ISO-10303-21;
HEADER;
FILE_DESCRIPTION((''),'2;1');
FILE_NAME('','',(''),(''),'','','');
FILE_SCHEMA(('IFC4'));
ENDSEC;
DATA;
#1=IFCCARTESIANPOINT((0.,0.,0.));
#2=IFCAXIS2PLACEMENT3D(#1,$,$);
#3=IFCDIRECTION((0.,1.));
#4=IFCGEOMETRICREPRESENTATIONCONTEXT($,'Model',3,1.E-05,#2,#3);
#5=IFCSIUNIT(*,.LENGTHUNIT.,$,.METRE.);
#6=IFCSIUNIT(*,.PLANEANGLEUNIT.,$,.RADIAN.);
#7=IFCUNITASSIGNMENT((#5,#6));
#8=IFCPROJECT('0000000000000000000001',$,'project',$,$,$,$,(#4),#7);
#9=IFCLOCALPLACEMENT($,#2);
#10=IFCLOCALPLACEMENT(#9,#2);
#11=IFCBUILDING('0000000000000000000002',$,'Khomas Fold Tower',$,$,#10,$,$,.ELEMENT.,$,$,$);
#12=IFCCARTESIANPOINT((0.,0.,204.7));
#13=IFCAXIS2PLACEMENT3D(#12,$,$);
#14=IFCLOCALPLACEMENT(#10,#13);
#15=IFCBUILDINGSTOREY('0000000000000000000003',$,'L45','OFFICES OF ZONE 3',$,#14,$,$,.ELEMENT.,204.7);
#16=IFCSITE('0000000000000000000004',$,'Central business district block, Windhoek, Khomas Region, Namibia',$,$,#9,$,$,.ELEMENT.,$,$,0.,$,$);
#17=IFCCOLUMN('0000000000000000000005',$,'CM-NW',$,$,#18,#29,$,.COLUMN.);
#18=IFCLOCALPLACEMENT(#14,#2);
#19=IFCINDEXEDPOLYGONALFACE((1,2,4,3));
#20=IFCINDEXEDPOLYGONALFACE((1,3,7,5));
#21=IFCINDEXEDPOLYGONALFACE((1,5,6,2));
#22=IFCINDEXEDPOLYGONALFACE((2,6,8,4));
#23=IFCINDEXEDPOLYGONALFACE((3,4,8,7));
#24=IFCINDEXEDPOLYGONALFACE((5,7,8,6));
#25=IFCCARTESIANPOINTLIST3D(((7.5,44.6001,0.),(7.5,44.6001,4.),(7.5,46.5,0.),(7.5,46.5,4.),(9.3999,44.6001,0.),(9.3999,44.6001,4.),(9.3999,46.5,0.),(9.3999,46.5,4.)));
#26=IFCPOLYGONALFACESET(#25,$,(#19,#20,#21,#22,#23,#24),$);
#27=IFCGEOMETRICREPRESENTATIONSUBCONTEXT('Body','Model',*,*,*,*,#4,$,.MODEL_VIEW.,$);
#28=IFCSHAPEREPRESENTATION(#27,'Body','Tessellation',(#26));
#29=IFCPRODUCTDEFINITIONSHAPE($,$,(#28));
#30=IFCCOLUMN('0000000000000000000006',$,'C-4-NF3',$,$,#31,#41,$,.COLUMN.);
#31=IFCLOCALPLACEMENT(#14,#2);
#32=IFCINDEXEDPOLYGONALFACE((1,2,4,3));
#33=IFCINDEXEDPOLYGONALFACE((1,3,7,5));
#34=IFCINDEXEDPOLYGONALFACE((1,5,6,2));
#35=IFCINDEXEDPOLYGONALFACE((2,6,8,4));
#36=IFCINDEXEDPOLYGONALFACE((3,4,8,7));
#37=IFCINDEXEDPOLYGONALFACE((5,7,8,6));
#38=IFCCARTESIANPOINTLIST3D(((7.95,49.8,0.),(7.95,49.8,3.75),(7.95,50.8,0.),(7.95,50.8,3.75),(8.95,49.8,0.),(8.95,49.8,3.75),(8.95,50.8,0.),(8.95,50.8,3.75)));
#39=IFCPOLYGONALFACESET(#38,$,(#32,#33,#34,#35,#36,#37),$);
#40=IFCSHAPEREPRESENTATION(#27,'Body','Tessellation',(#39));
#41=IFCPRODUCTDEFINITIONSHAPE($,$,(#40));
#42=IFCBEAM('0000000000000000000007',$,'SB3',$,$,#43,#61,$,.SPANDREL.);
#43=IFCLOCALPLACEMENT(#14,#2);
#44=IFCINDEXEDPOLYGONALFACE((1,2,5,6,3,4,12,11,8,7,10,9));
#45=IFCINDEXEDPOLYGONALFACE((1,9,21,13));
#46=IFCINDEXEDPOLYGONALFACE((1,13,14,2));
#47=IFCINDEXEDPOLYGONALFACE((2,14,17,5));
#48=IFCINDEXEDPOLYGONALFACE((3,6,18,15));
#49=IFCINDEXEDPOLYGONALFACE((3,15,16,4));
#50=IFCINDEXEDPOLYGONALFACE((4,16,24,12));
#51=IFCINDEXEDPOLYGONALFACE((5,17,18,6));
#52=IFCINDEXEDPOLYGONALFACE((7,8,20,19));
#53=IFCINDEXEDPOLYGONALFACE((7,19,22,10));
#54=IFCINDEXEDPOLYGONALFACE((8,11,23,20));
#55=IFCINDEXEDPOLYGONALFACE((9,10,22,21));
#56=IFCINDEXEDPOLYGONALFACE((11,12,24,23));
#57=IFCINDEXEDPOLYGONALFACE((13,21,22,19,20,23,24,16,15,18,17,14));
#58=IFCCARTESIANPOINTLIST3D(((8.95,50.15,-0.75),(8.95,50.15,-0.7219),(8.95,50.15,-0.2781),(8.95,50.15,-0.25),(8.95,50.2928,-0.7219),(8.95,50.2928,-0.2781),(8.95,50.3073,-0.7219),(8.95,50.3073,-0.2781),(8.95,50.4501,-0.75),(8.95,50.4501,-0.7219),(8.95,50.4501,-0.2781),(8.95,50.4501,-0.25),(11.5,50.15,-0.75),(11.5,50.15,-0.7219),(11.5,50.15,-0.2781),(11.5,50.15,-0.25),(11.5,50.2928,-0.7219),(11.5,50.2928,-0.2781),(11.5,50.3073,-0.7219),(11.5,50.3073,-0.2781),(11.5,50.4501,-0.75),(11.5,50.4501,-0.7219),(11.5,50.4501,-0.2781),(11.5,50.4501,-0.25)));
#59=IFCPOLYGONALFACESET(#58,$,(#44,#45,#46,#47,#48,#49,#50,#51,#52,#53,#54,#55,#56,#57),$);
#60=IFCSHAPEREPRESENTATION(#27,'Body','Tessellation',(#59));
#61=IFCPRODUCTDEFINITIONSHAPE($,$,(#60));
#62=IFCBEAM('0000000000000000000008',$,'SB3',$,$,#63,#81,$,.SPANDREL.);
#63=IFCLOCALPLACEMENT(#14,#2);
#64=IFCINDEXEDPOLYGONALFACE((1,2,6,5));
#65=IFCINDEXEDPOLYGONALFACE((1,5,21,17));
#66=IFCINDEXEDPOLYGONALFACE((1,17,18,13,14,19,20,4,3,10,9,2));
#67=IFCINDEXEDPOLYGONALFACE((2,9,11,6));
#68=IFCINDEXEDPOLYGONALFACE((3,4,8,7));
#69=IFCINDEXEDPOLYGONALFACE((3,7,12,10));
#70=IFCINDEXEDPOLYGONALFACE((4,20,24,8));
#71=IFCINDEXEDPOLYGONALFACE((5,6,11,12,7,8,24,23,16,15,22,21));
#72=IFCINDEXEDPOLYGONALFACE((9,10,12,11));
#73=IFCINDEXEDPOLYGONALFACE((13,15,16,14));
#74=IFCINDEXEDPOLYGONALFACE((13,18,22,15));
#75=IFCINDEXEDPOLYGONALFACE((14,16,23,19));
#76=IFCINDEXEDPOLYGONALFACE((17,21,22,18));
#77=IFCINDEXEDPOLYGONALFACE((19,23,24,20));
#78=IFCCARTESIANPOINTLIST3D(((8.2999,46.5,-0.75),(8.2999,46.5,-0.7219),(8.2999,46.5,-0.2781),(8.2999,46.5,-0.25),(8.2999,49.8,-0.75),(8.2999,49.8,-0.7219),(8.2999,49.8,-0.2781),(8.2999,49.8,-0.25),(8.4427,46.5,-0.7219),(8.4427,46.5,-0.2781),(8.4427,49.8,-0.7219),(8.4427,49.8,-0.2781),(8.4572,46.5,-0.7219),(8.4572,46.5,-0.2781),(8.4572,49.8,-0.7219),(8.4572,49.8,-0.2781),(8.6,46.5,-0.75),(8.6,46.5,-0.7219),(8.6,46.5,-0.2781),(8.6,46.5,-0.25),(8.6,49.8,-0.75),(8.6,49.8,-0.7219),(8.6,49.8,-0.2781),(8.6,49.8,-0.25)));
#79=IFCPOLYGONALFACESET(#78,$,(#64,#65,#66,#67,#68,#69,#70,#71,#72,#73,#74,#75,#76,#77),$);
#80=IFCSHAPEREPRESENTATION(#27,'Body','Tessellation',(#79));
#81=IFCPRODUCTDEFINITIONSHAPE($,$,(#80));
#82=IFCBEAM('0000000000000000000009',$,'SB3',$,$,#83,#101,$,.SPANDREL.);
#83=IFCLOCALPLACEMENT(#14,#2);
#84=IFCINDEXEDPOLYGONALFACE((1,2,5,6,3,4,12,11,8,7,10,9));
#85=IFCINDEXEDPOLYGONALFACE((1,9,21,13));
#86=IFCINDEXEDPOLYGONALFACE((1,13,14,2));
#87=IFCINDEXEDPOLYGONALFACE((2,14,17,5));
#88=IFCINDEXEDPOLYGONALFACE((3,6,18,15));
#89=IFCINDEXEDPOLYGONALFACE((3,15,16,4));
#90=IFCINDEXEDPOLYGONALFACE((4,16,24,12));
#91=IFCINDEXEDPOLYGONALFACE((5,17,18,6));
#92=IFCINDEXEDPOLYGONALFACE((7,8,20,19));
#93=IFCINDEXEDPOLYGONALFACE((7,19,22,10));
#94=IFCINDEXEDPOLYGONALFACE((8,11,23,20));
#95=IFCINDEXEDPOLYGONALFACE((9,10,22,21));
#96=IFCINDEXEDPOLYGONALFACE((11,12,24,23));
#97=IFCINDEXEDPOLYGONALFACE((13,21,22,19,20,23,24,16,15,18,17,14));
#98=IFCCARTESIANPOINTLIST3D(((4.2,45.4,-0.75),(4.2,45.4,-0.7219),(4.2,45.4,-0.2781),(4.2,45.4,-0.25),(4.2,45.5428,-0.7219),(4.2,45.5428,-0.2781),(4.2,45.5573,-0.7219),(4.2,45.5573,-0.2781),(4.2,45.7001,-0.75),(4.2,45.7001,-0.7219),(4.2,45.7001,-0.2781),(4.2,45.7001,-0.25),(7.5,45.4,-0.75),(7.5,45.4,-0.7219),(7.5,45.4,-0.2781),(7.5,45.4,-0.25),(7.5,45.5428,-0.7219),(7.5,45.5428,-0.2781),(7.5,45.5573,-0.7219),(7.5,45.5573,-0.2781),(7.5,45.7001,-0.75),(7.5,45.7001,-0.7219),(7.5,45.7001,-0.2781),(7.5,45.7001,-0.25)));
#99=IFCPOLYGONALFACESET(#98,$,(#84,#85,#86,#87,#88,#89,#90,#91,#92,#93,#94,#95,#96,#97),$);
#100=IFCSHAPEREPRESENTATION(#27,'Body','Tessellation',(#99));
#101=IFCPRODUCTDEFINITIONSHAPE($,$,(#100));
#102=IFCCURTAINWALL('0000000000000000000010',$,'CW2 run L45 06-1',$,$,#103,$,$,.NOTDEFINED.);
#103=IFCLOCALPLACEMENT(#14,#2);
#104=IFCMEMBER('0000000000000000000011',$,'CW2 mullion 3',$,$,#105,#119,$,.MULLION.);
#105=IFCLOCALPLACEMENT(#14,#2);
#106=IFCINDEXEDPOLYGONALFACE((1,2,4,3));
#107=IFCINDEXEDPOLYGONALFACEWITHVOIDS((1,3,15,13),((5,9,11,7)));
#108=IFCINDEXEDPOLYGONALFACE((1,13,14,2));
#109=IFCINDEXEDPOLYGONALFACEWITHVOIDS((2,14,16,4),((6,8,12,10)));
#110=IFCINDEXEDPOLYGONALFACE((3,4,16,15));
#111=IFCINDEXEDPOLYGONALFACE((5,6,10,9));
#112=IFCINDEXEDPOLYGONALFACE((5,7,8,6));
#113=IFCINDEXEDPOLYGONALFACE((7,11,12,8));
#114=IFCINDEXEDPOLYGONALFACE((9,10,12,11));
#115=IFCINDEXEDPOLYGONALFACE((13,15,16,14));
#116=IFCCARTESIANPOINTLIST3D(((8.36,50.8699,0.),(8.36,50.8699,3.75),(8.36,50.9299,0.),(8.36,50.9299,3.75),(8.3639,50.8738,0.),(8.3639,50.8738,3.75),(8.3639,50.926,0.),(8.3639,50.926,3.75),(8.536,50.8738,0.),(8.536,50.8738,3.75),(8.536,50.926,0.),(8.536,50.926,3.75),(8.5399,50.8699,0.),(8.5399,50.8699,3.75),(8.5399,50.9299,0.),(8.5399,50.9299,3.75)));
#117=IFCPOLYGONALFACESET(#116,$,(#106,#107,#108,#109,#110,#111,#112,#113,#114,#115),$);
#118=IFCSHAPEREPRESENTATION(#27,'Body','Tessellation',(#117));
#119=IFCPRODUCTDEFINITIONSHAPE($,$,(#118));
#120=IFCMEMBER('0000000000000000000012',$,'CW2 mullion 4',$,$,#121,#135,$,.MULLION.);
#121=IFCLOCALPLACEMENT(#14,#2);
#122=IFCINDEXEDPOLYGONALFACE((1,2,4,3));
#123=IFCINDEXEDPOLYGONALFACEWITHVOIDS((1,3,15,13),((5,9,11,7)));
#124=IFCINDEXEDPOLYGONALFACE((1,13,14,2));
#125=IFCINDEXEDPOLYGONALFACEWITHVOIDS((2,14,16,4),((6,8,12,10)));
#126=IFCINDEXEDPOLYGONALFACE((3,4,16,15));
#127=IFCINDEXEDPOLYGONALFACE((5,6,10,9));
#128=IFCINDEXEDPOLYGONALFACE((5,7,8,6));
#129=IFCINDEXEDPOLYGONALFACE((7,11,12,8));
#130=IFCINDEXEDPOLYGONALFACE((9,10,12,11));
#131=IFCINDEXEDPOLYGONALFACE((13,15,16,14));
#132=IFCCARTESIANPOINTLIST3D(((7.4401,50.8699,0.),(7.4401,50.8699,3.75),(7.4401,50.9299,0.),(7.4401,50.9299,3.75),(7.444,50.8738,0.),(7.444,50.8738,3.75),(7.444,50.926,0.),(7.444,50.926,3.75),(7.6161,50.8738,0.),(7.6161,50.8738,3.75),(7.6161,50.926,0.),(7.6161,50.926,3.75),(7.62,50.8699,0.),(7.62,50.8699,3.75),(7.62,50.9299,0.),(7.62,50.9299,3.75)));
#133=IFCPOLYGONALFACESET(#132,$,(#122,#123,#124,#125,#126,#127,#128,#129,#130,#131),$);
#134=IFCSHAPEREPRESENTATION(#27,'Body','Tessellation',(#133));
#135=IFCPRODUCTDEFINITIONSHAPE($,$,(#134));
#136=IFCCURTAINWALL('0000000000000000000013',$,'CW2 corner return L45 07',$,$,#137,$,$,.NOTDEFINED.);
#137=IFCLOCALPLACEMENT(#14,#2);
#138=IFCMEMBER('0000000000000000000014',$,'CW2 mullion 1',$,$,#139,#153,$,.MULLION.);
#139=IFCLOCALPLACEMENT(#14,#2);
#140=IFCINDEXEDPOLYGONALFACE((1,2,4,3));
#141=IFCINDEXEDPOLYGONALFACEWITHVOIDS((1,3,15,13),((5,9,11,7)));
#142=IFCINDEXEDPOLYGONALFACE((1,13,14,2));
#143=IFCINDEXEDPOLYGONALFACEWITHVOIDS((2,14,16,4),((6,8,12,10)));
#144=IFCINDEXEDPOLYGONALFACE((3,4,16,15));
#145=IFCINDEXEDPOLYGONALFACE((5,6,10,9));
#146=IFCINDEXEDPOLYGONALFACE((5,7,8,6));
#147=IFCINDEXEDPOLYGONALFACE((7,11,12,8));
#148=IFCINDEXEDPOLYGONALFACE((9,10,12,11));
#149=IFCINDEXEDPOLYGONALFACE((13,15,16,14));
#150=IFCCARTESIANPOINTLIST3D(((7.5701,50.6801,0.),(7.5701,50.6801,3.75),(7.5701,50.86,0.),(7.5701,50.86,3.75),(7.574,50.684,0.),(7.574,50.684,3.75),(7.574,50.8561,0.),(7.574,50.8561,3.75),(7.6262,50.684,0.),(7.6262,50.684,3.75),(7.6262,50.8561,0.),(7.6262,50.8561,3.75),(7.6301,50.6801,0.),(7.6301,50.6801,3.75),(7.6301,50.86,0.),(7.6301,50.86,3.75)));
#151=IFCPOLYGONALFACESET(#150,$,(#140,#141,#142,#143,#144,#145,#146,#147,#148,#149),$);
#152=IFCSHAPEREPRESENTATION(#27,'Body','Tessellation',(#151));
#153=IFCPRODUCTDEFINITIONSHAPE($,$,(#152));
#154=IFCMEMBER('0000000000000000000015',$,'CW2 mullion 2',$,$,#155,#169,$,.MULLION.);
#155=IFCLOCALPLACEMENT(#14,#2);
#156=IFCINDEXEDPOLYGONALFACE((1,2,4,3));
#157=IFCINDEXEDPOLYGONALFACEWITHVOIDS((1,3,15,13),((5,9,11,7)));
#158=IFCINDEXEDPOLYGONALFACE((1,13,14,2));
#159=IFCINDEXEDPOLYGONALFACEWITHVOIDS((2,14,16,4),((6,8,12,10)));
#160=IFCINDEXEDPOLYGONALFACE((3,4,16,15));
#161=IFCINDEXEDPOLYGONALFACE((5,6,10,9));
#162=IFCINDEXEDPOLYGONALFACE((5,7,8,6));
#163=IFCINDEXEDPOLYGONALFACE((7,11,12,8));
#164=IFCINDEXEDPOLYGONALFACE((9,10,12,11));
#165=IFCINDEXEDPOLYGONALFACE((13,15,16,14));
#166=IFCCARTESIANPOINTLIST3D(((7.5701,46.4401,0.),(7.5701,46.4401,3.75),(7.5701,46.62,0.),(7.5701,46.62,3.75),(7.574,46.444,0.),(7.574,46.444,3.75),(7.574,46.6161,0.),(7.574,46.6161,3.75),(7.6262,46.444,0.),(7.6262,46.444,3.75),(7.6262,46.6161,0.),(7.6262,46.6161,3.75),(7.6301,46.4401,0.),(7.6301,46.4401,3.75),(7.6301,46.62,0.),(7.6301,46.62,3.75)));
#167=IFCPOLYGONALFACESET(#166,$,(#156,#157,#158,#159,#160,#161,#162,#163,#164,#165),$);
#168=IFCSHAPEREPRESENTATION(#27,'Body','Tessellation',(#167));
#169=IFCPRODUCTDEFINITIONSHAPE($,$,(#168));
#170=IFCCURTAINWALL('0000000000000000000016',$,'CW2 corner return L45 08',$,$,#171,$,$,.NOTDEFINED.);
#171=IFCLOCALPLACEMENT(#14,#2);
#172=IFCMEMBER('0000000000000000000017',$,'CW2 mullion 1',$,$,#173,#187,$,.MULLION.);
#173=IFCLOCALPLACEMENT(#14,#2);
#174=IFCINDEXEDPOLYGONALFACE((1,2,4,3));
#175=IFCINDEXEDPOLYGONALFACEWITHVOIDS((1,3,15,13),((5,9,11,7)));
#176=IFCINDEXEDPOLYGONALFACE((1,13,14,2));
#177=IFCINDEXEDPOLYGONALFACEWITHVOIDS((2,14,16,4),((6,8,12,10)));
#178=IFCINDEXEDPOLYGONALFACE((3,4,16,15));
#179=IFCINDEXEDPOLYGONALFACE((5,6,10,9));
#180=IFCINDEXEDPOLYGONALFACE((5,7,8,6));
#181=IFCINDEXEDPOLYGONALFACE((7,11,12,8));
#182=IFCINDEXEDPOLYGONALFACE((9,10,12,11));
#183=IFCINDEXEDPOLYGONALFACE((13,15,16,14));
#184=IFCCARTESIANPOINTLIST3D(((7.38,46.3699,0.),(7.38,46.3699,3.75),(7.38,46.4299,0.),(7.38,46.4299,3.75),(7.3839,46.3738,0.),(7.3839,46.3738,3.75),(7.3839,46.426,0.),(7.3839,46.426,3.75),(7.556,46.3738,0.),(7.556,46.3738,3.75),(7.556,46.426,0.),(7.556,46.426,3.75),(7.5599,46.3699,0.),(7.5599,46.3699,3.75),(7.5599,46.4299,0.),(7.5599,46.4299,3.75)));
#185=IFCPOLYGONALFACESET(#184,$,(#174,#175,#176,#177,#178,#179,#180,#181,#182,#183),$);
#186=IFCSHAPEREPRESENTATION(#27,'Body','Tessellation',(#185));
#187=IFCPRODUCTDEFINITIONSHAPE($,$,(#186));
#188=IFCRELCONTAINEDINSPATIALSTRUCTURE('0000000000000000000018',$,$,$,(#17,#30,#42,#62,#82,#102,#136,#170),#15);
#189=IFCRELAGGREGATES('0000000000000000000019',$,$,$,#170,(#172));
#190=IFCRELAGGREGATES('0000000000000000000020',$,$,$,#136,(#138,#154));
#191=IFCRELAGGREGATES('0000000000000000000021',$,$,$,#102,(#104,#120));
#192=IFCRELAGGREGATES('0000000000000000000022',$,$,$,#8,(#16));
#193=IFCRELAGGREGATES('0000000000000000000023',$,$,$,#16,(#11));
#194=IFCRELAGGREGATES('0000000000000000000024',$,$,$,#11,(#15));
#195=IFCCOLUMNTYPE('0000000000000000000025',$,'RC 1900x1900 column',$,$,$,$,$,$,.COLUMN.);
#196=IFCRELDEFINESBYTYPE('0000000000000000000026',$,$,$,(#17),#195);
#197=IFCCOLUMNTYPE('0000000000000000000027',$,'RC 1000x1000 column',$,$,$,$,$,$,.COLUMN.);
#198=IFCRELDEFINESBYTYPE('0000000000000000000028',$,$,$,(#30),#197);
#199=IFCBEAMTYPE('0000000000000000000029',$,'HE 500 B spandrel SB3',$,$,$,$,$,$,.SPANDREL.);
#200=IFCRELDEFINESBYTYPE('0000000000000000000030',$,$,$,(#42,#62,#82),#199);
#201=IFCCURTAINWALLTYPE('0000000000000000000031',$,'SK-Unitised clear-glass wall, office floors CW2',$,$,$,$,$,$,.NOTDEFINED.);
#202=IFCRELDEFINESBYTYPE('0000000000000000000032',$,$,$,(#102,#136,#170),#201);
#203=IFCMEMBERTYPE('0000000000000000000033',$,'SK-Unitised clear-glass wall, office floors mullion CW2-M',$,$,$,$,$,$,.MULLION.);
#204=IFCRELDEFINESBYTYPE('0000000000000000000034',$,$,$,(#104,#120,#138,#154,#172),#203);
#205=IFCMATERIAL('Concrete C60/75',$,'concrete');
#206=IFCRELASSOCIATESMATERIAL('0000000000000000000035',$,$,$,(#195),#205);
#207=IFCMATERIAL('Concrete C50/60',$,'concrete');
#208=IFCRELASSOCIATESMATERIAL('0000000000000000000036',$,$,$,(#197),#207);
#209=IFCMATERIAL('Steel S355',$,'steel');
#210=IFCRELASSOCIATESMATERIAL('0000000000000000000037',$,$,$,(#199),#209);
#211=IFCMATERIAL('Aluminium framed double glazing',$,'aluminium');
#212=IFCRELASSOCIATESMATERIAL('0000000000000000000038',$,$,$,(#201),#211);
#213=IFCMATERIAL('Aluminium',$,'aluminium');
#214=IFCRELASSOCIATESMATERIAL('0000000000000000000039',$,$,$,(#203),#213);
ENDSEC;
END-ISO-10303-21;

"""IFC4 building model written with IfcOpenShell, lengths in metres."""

from ifc_helpers import new_model, si_unit, direction, frame, origin, origin_2d, place, context, subcontext, project, spatial, rectangle, hollow_rectangle, i_section, extrude, source, transform, mapped, material, material_profile, profile_set, type_object, element, aggregate, save


model = new_model("IFC4")

# Units and contexts
model_context = context("Model", 3, precision=1e-05, world=origin(), true_north=direction((0.0, 1.0)))
body_context = subcontext(model_context, "Body", "Model", "MODEL_VIEW")
ifc_project = project(units=[si_unit("LENGTHUNIT", "METRE"), si_unit("PLANEANGLEUNIT", "RADIAN")], contexts=[model_context])

# Site, building, storey
site_placement = place(None, origin())
site = spatial("IfcSite", under=ifc_project, at=site_placement, Name="Central business district block, Windhoek, Khomas Region, Namibia", CompositionType="ELEMENT", RefElevation=0.0)
building_placement = place(site_placement, origin())
building = spatial("IfcBuilding", under=site, at=building_placement, Name="Khomas Fold Tower", CompositionType="ELEMENT")
storey_placement = place(building_placement, frame((0.0, 0.0, 204.7)))
storey = spatial("IfcBuildingStorey", under=building, at=storey_placement, Name="L45", Description="OFFICES OF ZONE 3", CompositionType="ELEMENT", Elevation=204.7)

# Columns
ifc_material_1 = material(Name="Concrete C60/75", Category="concrete")
ifc_material_profile_1 = material_profile(ifc_material_1, rectangle(XDim=1.8999, YDim=1.8999, at=origin_2d()), Name="RC 1900x1900")
ifc_profile_set_1 = profile_set([ifc_material_profile_1], Name="Concrete C60/75")
column_type_1 = type_object("IfcColumnType", Name="RC 1900x1900 column", PredefinedType="COLUMN", material=ifc_profile_set_1)
shared_shape_1 = source(origin(), body_context, "Body", "SweptSolid", [
    extrude(rectangle(XDim=1.8999, YDim=1.8999, at=origin_2d()), origin(), (0.0, 0.0, 1.0), 4.0),
])
column_1_placement = place(storey_placement, frame((8.45, 45.55, 0.0), z_axis=(0.0, 0.0, 1.0), x_axis=(1.0, 0.0, 0.0)))
element("IfcColumn", 1, at=column_1_placement, inside=storey, type_object=column_type_1, Name="CM-NW", PredefinedType="COLUMN", context=body_context, shape_type="MappedRepresentation", body=[
    mapped(shared_shape_1, transform((0.0, 0.0, 0.0))),
])
ifc_material_2 = material(Name="Concrete C50/60", Category="concrete")
ifc_material_profile_2 = material_profile(ifc_material_2, rectangle(XDim=1.0, YDim=1.0, at=origin_2d()), Name="RC 1000x1000")
ifc_profile_set_2 = profile_set([ifc_material_profile_2], Name="Concrete C50/60")
column_type_2 = type_object("IfcColumnType", Name="RC 1000x1000 column", PredefinedType="COLUMN", material=ifc_profile_set_2)
shared_shape_2 = source(origin(), body_context, "Body", "SweptSolid", [
    extrude(rectangle(XDim=1.0, YDim=1.0, at=origin_2d()), origin(), (0.0, 0.0, 1.0), 3.75),
])
column_2_placement = place(storey_placement, frame((8.45, 50.3, 0.0), z_axis=(0.0, 0.0, 1.0), x_axis=(1.0, 0.0, 0.0)))
element("IfcColumn", 2, at=column_2_placement, inside=storey, type_object=column_type_2, Name="C-4-NF3", PredefinedType="COLUMN", context=body_context, shape_type="MappedRepresentation", body=[
    mapped(shared_shape_2, transform((0.0, 0.0, 0.0))),
])

# Beams
ifc_material_3 = material(Name="Steel S355", Category="steel")
ifc_material_profile_3 = material_profile(ifc_material_3, i_section(OverallWidth=0.3, OverallDepth=0.5, WebThickness=0.0144, FlangeThickness=0.0281, at=origin_2d()), Name="HE 500 B")
ifc_profile_set_3 = profile_set([ifc_material_profile_3], Name="Steel S355")
beam_type = type_object("IfcBeamType", Name="HE 500 B spandrel SB3", PredefinedType="SPANDREL", material=ifc_profile_set_3)
shared_shape_3 = source(origin(), body_context, "Body", "SweptSolid", [
    extrude(i_section(OverallWidth=0.3, OverallDepth=0.5, WebThickness=0.0144, FlangeThickness=0.0281, at=origin_2d()), origin(), (0.0, 0.0, 1.0), 2.55),
])
beam_placement = place(storey_placement, frame((8.95, 50.3, -0.5), z_axis=(1.0, 0.0, 0.0), x_axis=(0.0, 1.0, 0.0)))
element("IfcBeam", 3, at=beam_placement, inside=storey, type_object=beam_type, Name="SB3", PredefinedType="SPANDREL", context=body_context, shape_type="MappedRepresentation", body=[
    mapped(shared_shape_3, transform((0.0, 0.0, 0.0))),
])
shared_shape_4 = source(origin(), body_context, "Body", "SweptSolid", [
    extrude(i_section(OverallWidth=0.3, OverallDepth=0.5, WebThickness=0.0144, FlangeThickness=0.0281, at=origin_2d()), origin(), (0.0, 0.0, 1.0), 3.3),
])
for number, where, z_axis, x_axis, name in (
    (4, (8.45, 46.5, -0.5), (0.0, 1.0, 0.0), (-1.0, 0.0, 0.0), "SB3"),
    (5, (4.2, 45.55, -0.5), (1.0, 0.0, 0.0), (0.0, 1.0, 0.0), "SB3"),
):
    element("IfcBeam", number, at=place(storey_placement, frame(where, z_axis=z_axis, x_axis=x_axis)), inside=storey, type_object=beam_type, Name=name, PredefinedType="SPANDREL", context=body_context, shape_type="MappedRepresentation", body=[
        mapped(shared_shape_4, transform((0.0, 0.0, 0.0))),
    ])

# Curtain walls, members
ifc_material_4 = material(Name="Aluminium framed double glazing", Category="aluminium")
curtain_wall_type = type_object("IfcCurtainWallType", Name="SK-Unitised clear-glass wall, office floors CW2", PredefinedType="NOTDEFINED", material=ifc_material_4)
curtain_wall_1_placement = place(storey_placement, origin())
curtain_wall_1 = element("IfcCurtainWall", 6, at=curtain_wall_1_placement, inside=storey, type_object=curtain_wall_type, Name="CW2 run L45 06-1", PredefinedType="NOTDEFINED")
ifc_material_5 = material(Name="Aluminium", Category="aluminium")
ifc_material_profile_4 = material_profile(ifc_material_5, hollow_rectangle(XDim=0.0601, YDim=0.1799, WallThickness=0.0039, at=origin_2d()), Name="SK-Unitised clear-glass wall, office floors mullion CW2-M")
ifc_profile_set_4 = profile_set([ifc_material_profile_4], Name="Aluminium")
member_type_1 = type_object("IfcMemberType", Name="SK-Unitised clear-glass wall, office floors mullion CW2-M", PredefinedType="MULLION", material=ifc_profile_set_4)
shared_shape_5 = source(origin(), body_context, "Body", "SweptSolid", [
    extrude(hollow_rectangle(XDim=0.0601, YDim=0.1799, WallThickness=0.0039, at=origin_2d()), origin(), (0.0, 0.0, 1.0), 3.75),
])
member_1_placement = place(storey_placement, frame((8.45, 50.8999, 0.0), z_axis=(0.0, 0.0, 1.0), x_axis=(0.0, -1.0, 0.0)))
member_1 = element("IfcMember", 7, at=member_1_placement, type_object=member_type_1, Name="CW2 mullion 3", PredefinedType="MULLION", context=body_context, shape_type="MappedRepresentation", body=[
    mapped(shared_shape_5, transform((0.0, 0.0, 0.0))),
])
member_2_placement = place(storey_placement, frame((7.53, 50.8999, 0.0), z_axis=(0.0, 0.0, 1.0), x_axis=(0.0, -1.0, 0.0)))
member_2 = element("IfcMember", 8, at=member_2_placement, type_object=member_type_1, Name="CW2 mullion 4", PredefinedType="MULLION", context=body_context, shape_type="MappedRepresentation", body=[
    mapped(shared_shape_5, transform((0.0, 0.0, 0.0))),
])
curtain_wall_2_placement = place(storey_placement, origin())
curtain_wall_2 = element("IfcCurtainWall", 9, at=curtain_wall_2_placement, inside=storey, type_object=curtain_wall_type, Name="CW2 corner return L45 07", PredefinedType="NOTDEFINED")
member_3_placement = place(storey_placement, frame((7.6001, 50.77, 0.0), z_axis=(0.0, 0.0, 1.0), x_axis=(1.0, 0.0, 0.0)))
member_3 = element("IfcMember", 10, at=member_3_placement, type_object=member_type_1, Name="CW2 mullion 1", PredefinedType="MULLION", context=body_context, shape_type="MappedRepresentation", body=[
    mapped(shared_shape_5, transform((0.0, 0.0, 0.0))),
])
member_4_placement = place(storey_placement, frame((7.6001, 46.53, 0.0), z_axis=(0.0, 0.0, 1.0), x_axis=(1.0, 0.0, 0.0)))
member_4 = element("IfcMember", 11, at=member_4_placement, type_object=member_type_1, Name="CW2 mullion 2", PredefinedType="MULLION", context=body_context, shape_type="MappedRepresentation", body=[
    mapped(shared_shape_5, transform((0.0, 0.0, 0.0))),
])
curtain_wall_3_placement = place(storey_placement, origin())
curtain_wall_3 = element("IfcCurtainWall", 12, at=curtain_wall_3_placement, inside=storey, type_object=curtain_wall_type, Name="CW2 corner return L45 08", PredefinedType="NOTDEFINED")
member_5_placement = place(storey_placement, frame((7.47, 46.3999, 0.0), z_axis=(0.0, 0.0, 1.0), x_axis=(0.0, -1.0, 0.0)))
member_5 = element("IfcMember", 13, at=member_5_placement, type_object=member_type_1, Name="CW2 mullion 1", PredefinedType="MULLION", context=body_context, shape_type="MappedRepresentation", body=[
    mapped(shared_shape_5, transform((0.0, 0.0, 0.0))),
])

aggregate(curtain_wall_3, [member_5])
aggregate(curtain_wall_2, [member_3, member_4])
aggregate(curtain_wall_1, [member_1, member_2])

save(model, "model.ifc")
